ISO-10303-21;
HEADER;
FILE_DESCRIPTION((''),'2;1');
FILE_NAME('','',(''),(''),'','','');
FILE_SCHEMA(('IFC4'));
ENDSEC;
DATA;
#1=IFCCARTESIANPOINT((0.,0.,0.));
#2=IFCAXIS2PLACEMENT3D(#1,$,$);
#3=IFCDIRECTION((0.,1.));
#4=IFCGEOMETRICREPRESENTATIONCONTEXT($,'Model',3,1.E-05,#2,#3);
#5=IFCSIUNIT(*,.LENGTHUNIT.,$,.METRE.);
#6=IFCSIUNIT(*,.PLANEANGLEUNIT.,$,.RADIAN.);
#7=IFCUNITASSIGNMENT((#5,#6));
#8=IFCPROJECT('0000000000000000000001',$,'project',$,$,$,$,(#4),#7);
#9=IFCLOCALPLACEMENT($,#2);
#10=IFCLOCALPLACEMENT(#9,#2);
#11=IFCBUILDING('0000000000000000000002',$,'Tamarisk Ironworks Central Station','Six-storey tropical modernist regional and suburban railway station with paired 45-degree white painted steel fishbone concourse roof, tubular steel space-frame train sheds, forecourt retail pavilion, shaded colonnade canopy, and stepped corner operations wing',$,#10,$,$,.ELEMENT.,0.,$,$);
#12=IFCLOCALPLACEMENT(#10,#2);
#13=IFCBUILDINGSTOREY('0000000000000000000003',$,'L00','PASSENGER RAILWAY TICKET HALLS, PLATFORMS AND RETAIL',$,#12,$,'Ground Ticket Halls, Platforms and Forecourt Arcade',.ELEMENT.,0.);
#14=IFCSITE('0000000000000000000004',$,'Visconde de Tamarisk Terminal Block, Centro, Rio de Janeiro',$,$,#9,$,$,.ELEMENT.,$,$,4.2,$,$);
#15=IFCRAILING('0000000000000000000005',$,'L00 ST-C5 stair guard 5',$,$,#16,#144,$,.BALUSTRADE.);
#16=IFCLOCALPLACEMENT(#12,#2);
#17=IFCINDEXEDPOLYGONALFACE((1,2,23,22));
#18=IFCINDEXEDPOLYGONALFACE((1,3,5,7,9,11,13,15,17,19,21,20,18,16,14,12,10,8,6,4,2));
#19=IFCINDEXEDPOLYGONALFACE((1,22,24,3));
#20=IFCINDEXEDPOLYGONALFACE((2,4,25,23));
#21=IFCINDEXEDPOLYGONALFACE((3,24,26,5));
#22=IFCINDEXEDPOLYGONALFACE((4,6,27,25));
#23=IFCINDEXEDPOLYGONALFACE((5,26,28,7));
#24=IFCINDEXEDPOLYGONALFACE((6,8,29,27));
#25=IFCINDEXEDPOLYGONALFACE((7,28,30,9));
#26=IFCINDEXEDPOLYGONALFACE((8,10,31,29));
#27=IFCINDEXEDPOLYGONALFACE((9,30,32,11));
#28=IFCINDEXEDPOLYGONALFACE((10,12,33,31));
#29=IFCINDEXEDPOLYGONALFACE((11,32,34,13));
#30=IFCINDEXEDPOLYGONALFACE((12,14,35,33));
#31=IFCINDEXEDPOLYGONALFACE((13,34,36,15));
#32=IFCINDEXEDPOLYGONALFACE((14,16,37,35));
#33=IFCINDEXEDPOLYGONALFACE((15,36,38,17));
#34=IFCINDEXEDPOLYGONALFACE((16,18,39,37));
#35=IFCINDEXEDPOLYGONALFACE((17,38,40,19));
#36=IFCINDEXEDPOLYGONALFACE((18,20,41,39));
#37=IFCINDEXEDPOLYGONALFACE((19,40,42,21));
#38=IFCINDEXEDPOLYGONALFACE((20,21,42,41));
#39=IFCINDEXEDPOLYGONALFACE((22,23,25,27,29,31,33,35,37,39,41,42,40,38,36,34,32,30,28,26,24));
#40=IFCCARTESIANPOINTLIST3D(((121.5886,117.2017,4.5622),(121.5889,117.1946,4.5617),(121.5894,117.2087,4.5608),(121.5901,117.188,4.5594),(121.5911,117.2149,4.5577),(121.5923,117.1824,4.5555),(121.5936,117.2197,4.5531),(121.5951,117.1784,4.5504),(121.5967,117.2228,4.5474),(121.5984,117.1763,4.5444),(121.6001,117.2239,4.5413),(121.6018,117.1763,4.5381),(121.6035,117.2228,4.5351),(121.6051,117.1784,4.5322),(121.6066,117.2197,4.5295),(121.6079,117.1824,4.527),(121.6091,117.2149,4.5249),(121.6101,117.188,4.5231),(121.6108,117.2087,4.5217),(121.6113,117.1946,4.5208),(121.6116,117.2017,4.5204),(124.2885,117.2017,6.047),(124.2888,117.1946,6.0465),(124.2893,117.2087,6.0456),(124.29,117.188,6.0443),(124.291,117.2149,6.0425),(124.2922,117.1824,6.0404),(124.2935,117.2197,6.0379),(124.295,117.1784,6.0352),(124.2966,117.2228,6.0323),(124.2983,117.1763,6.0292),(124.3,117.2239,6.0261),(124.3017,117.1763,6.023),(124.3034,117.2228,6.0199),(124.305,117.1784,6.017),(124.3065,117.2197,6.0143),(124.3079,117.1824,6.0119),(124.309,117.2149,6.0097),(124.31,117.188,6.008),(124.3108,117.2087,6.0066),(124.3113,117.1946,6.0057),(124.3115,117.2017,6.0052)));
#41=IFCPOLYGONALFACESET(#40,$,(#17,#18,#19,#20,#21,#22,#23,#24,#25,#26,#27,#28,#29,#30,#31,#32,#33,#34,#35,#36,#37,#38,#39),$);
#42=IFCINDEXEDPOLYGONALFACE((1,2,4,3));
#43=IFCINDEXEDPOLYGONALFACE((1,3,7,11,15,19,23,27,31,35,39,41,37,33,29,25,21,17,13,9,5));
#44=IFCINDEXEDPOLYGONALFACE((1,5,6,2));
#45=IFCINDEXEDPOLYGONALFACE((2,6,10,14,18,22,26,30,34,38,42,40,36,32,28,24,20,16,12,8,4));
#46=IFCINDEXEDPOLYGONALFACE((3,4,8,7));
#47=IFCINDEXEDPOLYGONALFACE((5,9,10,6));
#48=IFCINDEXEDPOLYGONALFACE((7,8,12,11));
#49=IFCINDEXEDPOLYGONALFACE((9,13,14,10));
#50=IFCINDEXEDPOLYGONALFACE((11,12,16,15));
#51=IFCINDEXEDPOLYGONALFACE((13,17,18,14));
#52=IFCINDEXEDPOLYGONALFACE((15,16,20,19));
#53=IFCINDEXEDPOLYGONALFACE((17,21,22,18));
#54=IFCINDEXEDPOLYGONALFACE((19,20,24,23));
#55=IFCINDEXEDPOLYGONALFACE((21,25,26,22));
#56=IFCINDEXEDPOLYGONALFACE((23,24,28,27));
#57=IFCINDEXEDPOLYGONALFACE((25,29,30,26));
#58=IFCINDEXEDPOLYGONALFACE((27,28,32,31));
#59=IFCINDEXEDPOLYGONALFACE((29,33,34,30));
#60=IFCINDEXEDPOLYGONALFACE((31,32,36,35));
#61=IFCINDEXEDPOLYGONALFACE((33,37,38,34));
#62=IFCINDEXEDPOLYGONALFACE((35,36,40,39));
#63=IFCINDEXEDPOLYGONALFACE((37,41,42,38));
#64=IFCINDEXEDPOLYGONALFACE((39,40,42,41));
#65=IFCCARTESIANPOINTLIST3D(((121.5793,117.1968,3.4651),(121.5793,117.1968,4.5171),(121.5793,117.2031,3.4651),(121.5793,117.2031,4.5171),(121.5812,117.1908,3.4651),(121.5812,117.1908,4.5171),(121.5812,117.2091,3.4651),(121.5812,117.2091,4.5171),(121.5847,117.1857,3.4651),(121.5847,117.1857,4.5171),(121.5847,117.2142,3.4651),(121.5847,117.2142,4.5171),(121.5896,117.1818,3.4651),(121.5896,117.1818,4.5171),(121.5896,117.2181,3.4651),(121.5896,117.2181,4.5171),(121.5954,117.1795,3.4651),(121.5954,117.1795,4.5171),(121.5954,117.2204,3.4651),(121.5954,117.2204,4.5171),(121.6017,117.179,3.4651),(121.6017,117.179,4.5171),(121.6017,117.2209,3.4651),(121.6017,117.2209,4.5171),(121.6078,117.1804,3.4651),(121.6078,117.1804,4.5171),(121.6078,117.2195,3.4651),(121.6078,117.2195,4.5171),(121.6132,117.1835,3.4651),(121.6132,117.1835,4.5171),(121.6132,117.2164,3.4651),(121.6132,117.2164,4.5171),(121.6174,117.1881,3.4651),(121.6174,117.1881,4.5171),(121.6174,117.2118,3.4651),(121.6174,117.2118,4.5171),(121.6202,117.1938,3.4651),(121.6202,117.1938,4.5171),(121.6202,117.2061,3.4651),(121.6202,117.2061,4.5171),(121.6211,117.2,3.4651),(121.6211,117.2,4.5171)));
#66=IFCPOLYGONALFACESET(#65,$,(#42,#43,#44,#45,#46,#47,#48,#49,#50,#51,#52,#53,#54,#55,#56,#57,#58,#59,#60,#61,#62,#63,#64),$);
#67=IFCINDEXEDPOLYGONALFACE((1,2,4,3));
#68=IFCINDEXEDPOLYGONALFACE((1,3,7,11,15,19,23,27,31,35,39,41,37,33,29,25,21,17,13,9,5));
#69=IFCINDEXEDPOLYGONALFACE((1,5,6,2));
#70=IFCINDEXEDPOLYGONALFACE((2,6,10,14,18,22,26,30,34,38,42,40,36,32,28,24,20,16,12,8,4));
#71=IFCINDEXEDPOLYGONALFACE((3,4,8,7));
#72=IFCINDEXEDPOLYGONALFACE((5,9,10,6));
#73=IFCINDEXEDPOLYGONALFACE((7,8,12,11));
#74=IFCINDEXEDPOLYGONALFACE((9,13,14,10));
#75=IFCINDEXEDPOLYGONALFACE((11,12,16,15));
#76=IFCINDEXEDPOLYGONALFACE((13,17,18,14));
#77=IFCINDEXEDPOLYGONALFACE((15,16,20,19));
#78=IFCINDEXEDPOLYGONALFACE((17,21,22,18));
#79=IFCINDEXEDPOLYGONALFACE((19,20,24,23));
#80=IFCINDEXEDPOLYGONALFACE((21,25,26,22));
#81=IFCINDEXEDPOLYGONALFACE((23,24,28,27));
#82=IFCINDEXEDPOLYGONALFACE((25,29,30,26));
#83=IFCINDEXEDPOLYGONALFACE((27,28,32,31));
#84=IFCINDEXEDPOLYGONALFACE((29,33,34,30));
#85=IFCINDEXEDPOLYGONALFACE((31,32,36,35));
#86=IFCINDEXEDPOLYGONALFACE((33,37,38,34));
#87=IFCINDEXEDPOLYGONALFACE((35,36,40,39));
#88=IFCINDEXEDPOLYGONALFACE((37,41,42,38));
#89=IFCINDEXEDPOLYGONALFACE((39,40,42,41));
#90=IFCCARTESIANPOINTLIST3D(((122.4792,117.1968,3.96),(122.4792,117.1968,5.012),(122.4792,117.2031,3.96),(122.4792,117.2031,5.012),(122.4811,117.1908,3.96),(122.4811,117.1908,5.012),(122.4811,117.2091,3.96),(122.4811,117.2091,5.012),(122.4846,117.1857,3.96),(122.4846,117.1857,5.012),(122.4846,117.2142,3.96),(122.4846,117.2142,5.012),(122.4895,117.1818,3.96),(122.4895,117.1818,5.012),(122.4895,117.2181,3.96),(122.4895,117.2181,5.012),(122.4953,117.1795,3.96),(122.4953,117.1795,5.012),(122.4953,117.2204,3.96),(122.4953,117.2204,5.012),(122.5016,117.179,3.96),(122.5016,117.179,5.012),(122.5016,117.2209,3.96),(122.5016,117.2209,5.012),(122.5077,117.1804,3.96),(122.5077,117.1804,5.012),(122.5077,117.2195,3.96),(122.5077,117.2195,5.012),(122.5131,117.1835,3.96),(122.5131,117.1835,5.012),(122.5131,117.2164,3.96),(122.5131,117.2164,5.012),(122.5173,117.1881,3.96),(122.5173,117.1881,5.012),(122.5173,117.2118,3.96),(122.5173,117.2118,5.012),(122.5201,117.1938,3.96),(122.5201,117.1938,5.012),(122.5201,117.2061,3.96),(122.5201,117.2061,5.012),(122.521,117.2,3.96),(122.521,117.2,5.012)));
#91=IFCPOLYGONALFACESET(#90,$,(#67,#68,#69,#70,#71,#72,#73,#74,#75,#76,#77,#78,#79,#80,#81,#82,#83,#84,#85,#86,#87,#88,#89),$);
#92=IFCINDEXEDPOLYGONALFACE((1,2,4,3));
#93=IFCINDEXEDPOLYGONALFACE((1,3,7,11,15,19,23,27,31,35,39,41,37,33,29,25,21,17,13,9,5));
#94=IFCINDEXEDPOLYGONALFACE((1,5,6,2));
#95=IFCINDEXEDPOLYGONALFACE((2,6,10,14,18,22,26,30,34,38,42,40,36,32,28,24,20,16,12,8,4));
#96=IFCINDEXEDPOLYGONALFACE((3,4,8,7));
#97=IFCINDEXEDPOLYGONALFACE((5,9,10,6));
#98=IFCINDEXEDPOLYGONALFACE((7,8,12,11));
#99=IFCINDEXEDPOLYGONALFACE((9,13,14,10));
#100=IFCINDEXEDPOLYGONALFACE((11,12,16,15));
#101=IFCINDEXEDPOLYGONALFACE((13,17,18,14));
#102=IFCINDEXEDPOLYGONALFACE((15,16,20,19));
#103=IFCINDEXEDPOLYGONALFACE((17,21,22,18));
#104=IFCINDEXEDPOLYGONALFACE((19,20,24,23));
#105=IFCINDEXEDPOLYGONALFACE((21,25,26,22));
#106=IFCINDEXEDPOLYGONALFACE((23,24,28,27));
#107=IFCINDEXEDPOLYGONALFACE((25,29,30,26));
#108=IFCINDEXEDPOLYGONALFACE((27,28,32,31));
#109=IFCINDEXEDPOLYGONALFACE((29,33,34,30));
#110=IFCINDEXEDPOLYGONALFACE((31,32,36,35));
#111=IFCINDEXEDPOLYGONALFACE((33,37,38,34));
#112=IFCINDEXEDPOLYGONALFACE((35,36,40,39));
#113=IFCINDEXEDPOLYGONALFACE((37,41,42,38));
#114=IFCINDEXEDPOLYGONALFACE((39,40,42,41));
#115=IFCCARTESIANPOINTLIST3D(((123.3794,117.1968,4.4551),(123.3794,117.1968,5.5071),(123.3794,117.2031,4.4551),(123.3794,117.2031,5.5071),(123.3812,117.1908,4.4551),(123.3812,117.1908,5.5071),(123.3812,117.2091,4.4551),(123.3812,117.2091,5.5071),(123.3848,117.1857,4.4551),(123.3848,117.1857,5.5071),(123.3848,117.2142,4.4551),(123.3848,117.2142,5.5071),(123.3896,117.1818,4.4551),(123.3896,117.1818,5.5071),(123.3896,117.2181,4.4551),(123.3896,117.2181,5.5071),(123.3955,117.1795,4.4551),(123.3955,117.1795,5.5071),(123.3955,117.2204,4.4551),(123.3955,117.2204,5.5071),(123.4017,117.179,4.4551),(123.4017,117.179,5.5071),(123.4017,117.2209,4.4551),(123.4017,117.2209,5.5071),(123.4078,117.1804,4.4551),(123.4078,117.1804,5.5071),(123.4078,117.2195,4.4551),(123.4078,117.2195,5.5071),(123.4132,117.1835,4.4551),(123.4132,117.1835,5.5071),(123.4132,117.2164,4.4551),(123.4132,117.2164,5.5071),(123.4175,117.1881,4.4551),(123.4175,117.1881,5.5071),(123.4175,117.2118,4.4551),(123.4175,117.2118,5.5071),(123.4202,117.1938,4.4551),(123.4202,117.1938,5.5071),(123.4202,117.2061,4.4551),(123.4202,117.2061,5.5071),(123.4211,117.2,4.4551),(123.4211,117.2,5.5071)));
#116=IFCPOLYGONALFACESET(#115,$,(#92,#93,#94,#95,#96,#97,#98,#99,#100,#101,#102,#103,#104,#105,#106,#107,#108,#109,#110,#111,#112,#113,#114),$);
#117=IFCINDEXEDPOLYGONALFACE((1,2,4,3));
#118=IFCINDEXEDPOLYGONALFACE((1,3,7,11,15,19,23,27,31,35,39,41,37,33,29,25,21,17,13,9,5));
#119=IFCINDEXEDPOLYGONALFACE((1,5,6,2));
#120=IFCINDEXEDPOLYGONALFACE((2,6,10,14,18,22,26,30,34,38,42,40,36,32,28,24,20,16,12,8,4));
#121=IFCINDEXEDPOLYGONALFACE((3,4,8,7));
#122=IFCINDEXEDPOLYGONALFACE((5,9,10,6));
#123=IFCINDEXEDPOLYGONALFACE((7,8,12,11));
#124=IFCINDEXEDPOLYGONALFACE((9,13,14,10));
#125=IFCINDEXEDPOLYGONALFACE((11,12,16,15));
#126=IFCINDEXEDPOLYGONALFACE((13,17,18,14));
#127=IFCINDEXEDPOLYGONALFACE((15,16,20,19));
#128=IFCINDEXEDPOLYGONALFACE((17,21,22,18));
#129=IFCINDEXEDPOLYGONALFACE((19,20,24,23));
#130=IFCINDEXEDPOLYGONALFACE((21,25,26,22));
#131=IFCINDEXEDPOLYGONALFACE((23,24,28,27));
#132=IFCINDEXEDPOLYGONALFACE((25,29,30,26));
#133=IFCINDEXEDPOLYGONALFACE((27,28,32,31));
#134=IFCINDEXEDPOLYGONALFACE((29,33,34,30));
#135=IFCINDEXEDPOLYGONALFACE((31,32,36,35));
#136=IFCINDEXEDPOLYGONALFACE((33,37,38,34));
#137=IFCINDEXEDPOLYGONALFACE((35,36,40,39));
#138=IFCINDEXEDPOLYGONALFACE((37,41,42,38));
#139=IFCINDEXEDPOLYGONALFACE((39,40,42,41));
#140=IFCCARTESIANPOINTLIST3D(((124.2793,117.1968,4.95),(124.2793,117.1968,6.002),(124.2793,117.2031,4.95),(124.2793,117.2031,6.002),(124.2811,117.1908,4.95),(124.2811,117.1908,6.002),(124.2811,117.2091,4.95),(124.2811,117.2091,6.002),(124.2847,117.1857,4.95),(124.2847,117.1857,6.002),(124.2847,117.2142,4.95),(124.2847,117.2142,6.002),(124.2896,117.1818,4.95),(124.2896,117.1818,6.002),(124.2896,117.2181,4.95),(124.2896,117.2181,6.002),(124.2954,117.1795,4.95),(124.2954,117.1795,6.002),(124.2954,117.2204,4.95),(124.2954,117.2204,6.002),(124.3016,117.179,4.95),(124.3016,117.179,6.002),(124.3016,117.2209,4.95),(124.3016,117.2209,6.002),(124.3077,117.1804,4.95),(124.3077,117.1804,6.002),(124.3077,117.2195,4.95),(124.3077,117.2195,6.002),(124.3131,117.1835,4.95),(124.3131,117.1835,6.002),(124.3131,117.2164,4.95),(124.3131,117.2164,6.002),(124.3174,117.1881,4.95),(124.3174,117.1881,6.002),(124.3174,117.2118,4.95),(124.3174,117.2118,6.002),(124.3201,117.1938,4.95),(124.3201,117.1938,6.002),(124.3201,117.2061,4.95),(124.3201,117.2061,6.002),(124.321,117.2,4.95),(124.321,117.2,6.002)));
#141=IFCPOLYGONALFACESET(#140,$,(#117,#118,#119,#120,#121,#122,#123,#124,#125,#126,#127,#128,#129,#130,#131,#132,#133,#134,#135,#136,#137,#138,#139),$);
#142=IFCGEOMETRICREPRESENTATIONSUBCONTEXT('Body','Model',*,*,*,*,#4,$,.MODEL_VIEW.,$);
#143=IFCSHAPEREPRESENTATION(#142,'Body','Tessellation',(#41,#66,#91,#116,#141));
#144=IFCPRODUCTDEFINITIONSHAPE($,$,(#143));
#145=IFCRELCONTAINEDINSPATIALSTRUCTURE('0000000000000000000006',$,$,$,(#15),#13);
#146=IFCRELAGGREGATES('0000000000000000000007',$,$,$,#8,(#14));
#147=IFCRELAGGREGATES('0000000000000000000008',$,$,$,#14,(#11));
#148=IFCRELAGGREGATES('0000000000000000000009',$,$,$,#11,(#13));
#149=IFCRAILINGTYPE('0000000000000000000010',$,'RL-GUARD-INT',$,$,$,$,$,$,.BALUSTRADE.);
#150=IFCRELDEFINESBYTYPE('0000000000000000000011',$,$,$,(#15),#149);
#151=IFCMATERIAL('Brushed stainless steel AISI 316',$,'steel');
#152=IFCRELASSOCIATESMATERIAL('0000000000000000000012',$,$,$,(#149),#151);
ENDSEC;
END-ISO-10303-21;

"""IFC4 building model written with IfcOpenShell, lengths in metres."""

from ifc_helpers import new_model, si_unit, direction, frame, origin, origin_2d, place, context, subcontext, project, spatial, circle, extrude, material, type_object, element, save


model = new_model("IFC4")

# Units and contexts
model_context = context("Model", 3, precision=1e-05, world=origin(), true_north=direction((0.0, 1.0)))
body_context = subcontext(model_context, "Body", "Model", "MODEL_VIEW")
ifc_project = project(units=[si_unit("LENGTHUNIT", "METRE"), si_unit("PLANEANGLEUNIT", "RADIAN")], contexts=[model_context])

# Site, building, storey
site_placement = place(None, origin())
site = spatial("IfcSite", under=ifc_project, at=site_placement, Name="Visconde de Tamarisk Terminal Block, Centro, Rio de Janeiro", CompositionType="ELEMENT", RefElevation=4.2)
building_placement = place(site_placement, origin())
building = spatial("IfcBuilding", under=site, at=building_placement, Name="Tamarisk Ironworks Central Station", Description="Six-storey tropical modernist regional and suburban railway station with paired 45-degree white painted steel fishbone concourse roof, tubular steel space-frame train sheds, forecourt retail pavilion, shaded colonnade canopy, and stepped corner operations wing", CompositionType="ELEMENT", ElevationOfRefHeight=0.0)
storey_placement = place(building_placement, origin())
storey = spatial("IfcBuildingStorey", under=building, at=storey_placement, Name="L00", Description="PASSENGER RAILWAY TICKET HALLS, PLATFORMS AND RETAIL", LongName="Ground Ticket Halls, Platforms and Forecourt Arcade", CompositionType="ELEMENT", Elevation=0.0)

# Railing
ifc_material_1 = material(Name="Brushed stainless steel AISI 316", Category="steel")
railing_type_1 = type_object("IfcRailingType", Name="RL-GUARD-INT", PredefinedType="BALUSTRADE", material=ifc_material_1)
railing_1_placement = place(storey_placement, frame((121.6001, 117.2, 3.4651)))
element("IfcRailing", 1, at=railing_1_placement, inside=storey, type_object=railing_type_1, Name="L00 ST-C5 stair guard 5", PredefinedType="BALUSTRADE", context=body_context, shape_type="SweptSolid", body=[
    extrude(circle(Radius=0.0239, at=origin_2d()), frame((0.0, 0.0, 1.0762), z_axis=(0.876231, 0.0, 0.481891), x_axis=(0.0, 1.0, 0.0)), (0.0, 0.0, 1.0), 3.0813),
    extrude(circle(Radius=0.021, at=origin_2d()), origin(), (0.0, 0.0, 1.0), 1.052),
    extrude(circle(Radius=0.021, at=origin_2d()), frame((0.8999, 0.0, 0.4949)), (0.0, 0.0, 1.0), 1.052),
    extrude(circle(Radius=0.021, at=origin_2d()), frame((1.8, 0.0, 0.99)), (0.0, 0.0, 1.0), 1.052),
    extrude(circle(Radius=0.021, at=origin_2d()), frame((2.7, 0.0, 1.4849)), (0.0, 0.0, 1.0), 1.052),
])

save(model, "model.ifc")
